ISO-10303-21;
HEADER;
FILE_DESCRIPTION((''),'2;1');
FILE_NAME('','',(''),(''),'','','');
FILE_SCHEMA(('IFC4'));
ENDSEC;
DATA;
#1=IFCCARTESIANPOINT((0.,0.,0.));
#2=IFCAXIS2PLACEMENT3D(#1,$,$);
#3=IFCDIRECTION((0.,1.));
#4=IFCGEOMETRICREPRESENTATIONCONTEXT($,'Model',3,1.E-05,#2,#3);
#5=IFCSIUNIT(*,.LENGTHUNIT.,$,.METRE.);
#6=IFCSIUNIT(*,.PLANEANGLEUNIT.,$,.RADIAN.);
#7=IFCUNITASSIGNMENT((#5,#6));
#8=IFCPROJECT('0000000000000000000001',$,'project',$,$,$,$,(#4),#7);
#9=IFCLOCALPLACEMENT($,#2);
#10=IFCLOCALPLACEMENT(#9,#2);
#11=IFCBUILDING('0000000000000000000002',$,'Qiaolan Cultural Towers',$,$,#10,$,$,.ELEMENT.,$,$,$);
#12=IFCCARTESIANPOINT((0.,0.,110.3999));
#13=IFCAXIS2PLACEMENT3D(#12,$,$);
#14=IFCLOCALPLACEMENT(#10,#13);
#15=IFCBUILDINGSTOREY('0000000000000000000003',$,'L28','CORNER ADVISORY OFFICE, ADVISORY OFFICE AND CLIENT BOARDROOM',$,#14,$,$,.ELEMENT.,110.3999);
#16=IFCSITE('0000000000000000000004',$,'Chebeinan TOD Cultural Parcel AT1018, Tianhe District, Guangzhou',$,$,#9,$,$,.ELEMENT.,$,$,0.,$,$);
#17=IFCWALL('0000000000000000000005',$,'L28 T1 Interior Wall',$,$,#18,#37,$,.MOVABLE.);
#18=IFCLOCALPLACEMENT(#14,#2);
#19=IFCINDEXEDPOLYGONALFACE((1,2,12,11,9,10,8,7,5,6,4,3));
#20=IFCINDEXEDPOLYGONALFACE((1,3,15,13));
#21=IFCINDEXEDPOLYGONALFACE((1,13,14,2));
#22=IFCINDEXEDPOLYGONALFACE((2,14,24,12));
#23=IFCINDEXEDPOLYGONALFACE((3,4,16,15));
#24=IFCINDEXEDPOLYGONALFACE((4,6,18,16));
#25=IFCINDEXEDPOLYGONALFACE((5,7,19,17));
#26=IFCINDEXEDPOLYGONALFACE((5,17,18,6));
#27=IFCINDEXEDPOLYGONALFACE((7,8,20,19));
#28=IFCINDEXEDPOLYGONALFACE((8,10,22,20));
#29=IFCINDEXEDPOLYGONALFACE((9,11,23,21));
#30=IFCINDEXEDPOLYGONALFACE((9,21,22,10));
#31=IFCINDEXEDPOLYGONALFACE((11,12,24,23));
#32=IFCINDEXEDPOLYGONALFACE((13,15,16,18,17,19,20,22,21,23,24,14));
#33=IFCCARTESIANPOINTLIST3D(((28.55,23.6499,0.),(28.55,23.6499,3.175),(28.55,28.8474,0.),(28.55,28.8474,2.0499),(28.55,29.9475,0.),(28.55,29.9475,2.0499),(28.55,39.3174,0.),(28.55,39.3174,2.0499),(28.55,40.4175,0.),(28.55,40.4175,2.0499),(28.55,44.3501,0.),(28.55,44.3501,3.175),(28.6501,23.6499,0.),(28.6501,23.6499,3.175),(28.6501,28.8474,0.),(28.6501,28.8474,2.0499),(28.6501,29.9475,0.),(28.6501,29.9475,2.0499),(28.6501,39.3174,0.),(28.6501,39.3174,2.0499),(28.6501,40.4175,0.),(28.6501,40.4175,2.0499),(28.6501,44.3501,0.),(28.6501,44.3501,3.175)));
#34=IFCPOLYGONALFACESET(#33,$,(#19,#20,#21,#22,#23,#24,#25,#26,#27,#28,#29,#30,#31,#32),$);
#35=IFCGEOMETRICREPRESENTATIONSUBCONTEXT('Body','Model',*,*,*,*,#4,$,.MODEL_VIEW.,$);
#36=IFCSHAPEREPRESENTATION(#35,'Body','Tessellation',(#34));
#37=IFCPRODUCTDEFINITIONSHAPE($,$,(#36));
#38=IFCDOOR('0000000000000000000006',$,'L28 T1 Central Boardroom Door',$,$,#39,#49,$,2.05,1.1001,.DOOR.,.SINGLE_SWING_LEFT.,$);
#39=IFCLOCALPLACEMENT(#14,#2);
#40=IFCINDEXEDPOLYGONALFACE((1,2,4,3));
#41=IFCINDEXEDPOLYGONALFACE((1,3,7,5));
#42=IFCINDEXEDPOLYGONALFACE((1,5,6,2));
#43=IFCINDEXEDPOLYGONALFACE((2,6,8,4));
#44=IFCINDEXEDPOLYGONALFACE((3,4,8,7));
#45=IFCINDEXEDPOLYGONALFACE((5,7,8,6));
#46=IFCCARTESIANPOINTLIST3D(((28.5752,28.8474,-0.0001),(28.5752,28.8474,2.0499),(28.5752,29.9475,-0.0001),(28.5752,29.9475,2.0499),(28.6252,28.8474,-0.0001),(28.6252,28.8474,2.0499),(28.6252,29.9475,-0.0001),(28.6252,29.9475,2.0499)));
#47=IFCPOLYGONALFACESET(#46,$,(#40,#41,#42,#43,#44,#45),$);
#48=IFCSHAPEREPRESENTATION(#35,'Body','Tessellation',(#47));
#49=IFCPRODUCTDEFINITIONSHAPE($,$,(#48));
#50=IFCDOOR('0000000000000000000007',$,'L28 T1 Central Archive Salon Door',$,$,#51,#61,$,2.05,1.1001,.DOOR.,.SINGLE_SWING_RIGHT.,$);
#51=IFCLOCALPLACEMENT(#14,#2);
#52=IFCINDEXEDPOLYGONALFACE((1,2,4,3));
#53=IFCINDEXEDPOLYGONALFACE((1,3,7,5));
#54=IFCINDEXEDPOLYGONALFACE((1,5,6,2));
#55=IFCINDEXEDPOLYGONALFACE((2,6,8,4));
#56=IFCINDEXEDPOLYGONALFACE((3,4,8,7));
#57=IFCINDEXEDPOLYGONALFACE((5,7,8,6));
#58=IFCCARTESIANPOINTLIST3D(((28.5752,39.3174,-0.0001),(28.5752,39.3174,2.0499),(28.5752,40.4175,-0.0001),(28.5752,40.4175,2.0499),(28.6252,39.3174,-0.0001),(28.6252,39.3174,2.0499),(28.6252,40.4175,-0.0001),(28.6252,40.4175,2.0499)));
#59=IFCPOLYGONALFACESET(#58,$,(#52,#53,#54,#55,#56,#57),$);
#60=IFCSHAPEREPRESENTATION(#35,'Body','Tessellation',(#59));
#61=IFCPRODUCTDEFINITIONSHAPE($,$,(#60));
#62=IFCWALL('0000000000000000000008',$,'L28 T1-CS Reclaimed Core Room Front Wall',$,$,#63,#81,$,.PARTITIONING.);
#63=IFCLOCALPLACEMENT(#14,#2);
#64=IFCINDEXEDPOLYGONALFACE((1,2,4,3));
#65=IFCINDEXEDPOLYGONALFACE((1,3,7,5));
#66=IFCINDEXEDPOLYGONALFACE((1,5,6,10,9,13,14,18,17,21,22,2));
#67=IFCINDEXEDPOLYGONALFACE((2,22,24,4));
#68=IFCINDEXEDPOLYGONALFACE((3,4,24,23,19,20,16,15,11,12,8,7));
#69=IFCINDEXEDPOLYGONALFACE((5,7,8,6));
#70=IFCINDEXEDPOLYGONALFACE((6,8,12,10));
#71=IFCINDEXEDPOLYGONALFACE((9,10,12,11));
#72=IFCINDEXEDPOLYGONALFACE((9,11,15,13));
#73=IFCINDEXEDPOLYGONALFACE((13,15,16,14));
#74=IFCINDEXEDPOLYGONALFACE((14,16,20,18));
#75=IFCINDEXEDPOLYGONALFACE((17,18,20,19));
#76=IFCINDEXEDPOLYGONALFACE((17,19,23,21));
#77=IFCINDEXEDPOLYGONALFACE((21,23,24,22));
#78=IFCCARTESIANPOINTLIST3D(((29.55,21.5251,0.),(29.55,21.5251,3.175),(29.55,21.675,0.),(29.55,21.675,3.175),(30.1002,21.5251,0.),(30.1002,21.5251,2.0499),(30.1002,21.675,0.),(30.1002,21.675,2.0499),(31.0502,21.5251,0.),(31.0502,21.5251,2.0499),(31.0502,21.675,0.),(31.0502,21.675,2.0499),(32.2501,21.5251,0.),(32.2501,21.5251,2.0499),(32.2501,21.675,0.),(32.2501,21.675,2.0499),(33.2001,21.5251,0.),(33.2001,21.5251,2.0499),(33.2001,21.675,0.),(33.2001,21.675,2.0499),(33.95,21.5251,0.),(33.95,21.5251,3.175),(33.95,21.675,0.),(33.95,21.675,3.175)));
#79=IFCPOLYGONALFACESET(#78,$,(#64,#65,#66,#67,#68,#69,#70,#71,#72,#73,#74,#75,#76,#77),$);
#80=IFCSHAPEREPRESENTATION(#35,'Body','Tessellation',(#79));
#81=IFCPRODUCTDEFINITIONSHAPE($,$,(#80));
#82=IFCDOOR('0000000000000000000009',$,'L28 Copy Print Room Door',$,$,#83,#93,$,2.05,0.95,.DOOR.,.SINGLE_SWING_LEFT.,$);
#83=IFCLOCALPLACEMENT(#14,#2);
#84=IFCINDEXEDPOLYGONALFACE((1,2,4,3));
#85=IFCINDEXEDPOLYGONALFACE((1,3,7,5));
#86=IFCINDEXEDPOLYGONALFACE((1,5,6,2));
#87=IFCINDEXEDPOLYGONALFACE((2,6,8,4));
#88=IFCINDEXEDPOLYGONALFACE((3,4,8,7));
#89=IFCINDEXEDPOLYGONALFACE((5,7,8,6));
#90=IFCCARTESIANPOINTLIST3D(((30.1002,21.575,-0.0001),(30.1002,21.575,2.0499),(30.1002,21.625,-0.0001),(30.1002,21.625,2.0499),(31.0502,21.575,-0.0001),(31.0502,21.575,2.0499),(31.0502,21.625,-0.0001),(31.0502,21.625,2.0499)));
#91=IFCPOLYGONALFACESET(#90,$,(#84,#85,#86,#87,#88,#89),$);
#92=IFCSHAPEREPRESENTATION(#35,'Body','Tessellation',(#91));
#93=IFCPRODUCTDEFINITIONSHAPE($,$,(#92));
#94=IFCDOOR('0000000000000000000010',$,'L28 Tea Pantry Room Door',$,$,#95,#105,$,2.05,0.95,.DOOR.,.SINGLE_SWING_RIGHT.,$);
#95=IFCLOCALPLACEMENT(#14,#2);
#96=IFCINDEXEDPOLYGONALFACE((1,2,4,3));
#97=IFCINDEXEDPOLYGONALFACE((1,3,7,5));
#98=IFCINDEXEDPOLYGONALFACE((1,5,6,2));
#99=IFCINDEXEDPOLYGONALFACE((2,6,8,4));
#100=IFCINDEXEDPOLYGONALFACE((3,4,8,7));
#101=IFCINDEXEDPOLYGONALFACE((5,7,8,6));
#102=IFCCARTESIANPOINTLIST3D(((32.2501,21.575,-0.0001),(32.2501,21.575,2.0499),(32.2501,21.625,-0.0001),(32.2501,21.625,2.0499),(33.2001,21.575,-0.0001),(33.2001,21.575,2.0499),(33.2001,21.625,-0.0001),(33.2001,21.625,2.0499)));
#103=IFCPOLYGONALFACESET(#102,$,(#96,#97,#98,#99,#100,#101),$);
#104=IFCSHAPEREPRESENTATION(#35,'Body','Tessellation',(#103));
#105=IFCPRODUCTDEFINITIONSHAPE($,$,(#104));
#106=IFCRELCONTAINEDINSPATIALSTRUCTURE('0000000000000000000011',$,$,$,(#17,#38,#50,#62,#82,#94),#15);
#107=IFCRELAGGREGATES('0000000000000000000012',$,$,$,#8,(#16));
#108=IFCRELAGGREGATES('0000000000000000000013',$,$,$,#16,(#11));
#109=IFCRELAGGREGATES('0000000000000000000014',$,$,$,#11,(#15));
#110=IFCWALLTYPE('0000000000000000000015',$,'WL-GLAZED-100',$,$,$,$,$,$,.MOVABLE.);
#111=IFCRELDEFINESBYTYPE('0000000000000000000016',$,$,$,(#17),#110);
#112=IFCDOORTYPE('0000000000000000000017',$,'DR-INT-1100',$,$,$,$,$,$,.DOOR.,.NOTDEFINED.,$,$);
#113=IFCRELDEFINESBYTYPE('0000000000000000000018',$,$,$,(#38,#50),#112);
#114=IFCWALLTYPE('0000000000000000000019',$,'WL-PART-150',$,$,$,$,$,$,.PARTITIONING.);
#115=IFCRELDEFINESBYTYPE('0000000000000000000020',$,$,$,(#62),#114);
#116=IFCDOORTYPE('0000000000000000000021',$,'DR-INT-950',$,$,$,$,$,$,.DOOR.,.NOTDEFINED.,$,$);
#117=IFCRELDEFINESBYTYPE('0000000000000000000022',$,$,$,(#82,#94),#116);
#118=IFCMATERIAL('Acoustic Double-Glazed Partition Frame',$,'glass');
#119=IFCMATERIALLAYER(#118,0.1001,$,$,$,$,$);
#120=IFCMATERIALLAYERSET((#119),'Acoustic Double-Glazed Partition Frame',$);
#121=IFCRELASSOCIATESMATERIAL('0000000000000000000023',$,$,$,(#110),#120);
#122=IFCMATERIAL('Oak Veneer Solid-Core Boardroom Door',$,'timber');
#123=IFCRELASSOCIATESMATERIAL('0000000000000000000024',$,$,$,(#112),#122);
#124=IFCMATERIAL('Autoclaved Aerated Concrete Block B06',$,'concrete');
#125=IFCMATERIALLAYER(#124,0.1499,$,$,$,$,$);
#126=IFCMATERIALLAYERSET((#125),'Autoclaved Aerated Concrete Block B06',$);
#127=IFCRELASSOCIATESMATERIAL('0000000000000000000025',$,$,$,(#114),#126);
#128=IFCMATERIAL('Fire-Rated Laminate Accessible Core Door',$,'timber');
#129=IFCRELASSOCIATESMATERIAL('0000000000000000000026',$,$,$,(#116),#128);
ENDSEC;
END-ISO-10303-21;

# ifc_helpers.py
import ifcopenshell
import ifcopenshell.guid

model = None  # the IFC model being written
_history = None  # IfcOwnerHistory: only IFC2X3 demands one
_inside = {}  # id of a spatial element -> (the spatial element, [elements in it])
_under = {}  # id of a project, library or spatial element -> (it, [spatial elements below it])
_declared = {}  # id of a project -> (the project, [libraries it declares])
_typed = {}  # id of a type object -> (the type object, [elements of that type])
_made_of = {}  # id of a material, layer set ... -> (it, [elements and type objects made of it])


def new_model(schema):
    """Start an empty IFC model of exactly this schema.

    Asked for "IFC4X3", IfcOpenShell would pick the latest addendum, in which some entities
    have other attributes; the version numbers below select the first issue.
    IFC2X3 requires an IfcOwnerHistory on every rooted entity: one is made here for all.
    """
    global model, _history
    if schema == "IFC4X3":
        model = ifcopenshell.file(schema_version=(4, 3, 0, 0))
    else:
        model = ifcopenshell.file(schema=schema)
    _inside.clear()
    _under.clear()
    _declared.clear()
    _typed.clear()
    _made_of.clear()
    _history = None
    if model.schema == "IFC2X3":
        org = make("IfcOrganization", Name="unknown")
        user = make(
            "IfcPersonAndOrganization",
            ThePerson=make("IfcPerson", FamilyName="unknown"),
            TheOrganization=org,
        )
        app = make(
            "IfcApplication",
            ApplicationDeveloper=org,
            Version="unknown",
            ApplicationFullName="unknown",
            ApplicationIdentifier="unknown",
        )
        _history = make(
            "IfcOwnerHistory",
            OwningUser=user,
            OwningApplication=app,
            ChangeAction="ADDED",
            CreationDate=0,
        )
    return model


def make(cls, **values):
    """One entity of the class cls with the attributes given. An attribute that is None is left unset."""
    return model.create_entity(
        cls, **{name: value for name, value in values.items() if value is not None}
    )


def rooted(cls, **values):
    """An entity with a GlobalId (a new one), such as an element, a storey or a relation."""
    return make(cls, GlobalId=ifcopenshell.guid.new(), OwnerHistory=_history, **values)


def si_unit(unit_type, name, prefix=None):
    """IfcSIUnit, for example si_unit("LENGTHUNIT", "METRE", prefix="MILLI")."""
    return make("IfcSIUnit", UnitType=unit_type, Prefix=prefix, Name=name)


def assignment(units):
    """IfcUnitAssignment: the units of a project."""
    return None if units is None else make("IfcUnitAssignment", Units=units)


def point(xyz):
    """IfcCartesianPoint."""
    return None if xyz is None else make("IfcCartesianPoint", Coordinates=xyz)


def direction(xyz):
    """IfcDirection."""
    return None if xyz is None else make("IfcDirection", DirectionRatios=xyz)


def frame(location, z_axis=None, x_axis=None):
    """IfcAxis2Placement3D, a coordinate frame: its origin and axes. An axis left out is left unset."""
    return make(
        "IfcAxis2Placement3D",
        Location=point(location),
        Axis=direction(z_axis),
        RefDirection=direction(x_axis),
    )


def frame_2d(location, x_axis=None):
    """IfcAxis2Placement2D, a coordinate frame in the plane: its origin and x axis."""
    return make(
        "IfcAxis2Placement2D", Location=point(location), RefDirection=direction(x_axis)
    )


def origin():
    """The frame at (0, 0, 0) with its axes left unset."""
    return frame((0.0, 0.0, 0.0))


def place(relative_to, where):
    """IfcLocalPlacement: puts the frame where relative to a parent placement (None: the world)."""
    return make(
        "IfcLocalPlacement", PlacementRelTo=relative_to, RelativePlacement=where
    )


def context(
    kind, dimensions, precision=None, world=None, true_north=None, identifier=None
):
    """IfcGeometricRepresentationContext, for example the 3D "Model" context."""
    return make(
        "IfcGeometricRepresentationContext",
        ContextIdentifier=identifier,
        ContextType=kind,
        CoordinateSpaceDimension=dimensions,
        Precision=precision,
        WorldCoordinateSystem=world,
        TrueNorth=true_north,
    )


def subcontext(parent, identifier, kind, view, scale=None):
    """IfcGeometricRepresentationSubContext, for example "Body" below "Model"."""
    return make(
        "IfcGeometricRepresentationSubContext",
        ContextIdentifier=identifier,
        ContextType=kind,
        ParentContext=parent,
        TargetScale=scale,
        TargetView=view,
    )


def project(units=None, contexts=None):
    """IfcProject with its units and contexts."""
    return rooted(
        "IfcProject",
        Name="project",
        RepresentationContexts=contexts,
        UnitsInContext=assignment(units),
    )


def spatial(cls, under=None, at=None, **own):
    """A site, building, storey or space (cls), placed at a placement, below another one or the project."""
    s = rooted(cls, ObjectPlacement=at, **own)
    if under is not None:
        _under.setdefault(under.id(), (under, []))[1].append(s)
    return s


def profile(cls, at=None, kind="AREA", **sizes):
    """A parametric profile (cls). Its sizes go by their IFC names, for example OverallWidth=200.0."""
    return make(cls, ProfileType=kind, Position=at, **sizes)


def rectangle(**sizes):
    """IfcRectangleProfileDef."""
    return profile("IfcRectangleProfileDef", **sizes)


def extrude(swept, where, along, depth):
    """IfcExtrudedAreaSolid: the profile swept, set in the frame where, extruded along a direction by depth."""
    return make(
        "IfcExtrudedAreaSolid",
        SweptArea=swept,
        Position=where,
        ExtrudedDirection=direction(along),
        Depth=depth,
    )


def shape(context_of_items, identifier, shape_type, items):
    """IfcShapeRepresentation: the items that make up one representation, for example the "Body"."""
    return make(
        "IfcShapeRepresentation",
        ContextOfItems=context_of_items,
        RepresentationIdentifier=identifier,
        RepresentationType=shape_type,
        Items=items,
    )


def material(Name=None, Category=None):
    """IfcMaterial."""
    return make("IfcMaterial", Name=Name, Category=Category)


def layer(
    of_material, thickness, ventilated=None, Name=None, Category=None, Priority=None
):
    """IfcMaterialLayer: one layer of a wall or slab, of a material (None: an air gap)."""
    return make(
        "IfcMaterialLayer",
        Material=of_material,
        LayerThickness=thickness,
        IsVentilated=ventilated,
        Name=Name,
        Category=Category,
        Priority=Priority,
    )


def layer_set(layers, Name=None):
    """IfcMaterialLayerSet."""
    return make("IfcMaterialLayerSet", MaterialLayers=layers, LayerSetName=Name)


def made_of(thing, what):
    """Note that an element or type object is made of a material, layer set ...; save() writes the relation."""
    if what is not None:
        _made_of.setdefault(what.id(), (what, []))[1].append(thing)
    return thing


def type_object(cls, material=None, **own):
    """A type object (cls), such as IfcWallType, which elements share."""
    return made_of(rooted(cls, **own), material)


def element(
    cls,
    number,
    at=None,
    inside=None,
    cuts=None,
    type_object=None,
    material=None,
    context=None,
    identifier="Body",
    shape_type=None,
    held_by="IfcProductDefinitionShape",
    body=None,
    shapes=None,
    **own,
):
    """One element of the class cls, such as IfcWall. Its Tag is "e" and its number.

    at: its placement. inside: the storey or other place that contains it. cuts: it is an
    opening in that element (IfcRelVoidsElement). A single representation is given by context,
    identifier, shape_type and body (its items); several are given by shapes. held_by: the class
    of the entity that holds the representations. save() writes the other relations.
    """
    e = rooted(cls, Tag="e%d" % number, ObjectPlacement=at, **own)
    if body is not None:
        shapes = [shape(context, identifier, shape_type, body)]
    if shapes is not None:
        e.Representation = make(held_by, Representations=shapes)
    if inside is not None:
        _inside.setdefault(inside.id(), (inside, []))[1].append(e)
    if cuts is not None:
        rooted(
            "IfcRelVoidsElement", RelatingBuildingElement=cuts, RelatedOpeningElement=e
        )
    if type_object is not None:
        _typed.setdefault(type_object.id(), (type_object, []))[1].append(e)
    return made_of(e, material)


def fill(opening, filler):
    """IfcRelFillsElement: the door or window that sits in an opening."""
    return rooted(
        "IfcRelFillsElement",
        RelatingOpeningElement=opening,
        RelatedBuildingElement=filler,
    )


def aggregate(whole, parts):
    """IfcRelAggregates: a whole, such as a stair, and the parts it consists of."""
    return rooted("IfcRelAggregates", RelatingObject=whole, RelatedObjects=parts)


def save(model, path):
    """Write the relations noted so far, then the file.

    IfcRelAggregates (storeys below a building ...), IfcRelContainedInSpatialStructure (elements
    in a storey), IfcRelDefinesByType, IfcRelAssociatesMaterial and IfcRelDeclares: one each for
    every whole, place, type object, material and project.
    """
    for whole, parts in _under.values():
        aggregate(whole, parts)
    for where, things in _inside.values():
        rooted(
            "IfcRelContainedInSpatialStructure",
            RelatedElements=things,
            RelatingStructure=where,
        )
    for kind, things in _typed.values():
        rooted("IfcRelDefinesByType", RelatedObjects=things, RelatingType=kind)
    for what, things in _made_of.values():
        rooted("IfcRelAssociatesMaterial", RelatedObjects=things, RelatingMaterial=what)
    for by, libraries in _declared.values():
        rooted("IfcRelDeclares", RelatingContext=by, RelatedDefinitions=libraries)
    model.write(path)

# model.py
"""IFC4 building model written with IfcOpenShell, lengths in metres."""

from ifc_helpers import new_model, si_unit, direction, frame, frame_2d, origin, place, context, subcontext, project, spatial, rectangle, extrude, material, layer, layer_set, type_object, element, fill, save


model = new_model("IFC4")

# Units and contexts
model_context = context("Model", 3, precision=1e-05, world=origin(), true_north=direction((0.0, 1.0)))
body_context = subcontext(model_context, "Body", "Model", "MODEL_VIEW")
ifc_project = project(units=[si_unit("LENGTHUNIT", "METRE"), si_unit("PLANEANGLEUNIT", "RADIAN")], contexts=[model_context])

# Site, building, storey
site_placement = place(None, origin())
site = spatial("IfcSite", under=ifc_project, at=site_placement, Name="Chebeinan TOD Cultural Parcel AT1018, Tianhe District, Guangzhou", CompositionType="ELEMENT", RefElevation=0.0)
building_placement = place(site_placement, origin())
building = spatial("IfcBuilding", under=site, at=building_placement, Name="Qiaolan Cultural Towers", CompositionType="ELEMENT")
storey_placement = place(building_placement, frame((0.0, 0.0, 110.3999)))
storey = spatial("IfcBuildingStorey", under=building, at=storey_placement, Name="L28", Description="CORNER ADVISORY OFFICE, ADVISORY OFFICE AND CLIENT BOARDROOM", CompositionType="ELEMENT", Elevation=110.3999)

# Shared definitions
ifc_material_1 = material(Name="Acoustic Double-Glazed Partition Frame", Category="glass")
ifc_layer_1 = layer(ifc_material_1, 0.1001)
ifc_layer_set_1 = layer_set([ifc_layer_1], Name="Acoustic Double-Glazed Partition Frame")
wall_type_1 = type_object("IfcWallType", Name="WL-GLAZED-100", PredefinedType="MOVABLE", material=ifc_layer_set_1)

# Walls, openings, doors
wall_1_placement = place(storey_placement, frame((28.6001, 23.6499, 0.0), z_axis=(0.0, 0.0, 1.0), x_axis=(0.0, 1.0, 0.0)))
wall_1 = element("IfcWall", 1, at=wall_1_placement, inside=storey, type_object=wall_type_1, Name="L28 T1 Interior Wall", PredefinedType="MOVABLE", context=body_context, shape_type="SweptSolid", body=[
    extrude(rectangle(XDim=20.7002, YDim=0.1001, at=frame_2d((10.3501, 0.0))), origin(), (0.0, 0.0, 1.0), 3.175),
])
opening_1_placement = place(wall_1_placement, frame((5.1975, 0.0, 0.0)))
opening_1 = element("IfcOpeningElement", 2, at=opening_1_placement, cuts=wall_1, PredefinedType="OPENING", context=body_context, shape_type="SweptSolid", body=[
    extrude(rectangle(XDim=1.1001, YDim=2.05, at=frame_2d((0.55, 1.0249))), frame((0.0, 0.0601, 0.0), z_axis=(0.0, -1.0, 0.0), x_axis=(1.0, 0.0, 0.0)), (0.0, 0.0, 1.0), 0.1201),
])
opening_2_placement = place(wall_1_placement, frame((15.6675, 0.0, 0.0)))
opening_2 = element("IfcOpeningElement", 3, at=opening_2_placement, cuts=wall_1, PredefinedType="OPENING", context=body_context, shape_type="SweptSolid", body=[
    extrude(rectangle(XDim=1.1001, YDim=2.05, at=frame_2d((0.55, 1.0249))), frame((0.0, 0.0601, 0.0), z_axis=(0.0, -1.0, 0.0), x_axis=(1.0, 0.0, 0.0)), (0.0, 0.0, 1.0), 0.1201),
])
ifc_material_2 = material(Name="Oak Veneer Solid-Core Boardroom Door", Category="timber")
door_type_1 = type_object("IfcDoorType", Name="DR-INT-1100", OperationType="NOTDEFINED", PredefinedType="DOOR", material=ifc_material_2)
door_1_placement = place(opening_1_placement, origin())
door_1 = element("IfcDoor", 4, at=door_1_placement, inside=storey, type_object=door_type_1, Name="L28 T1 Central Boardroom Door", OperationType="SINGLE_SWING_LEFT", OverallHeight=2.05, OverallWidth=1.1001, PredefinedType="DOOR", context=body_context, shape_type="SweptSolid", body=[
    extrude(rectangle(XDim=1.1001, YDim=2.05, at=frame_2d((0.55, 1.0249))), frame((0.0, 0.0249, 0.0), z_axis=(0.0, -1.0, 0.0), x_axis=(1.0, 0.0, 0.0)), (0.0, 0.0, 1.0), 0.05),
])
fill(opening_1, door_1)
door_2_placement = place(opening_2_placement, origin())
door_2 = element("IfcDoor", 5, at=door_2_placement, inside=storey, type_object=door_type_1, Name="L28 T1 Central Archive Salon Door", OperationType="SINGLE_SWING_RIGHT", OverallHeight=2.05, OverallWidth=1.1001, PredefinedType="DOOR", context=body_context, shape_type="SweptSolid", body=[
    extrude(rectangle(XDim=1.1001, YDim=2.05, at=frame_2d((0.55, 1.0249))), frame((0.0, 0.0249, 0.0), z_axis=(0.0, -1.0, 0.0), x_axis=(1.0, 0.0, 0.0)), (0.0, 0.0, 1.0), 0.05),
])
fill(opening_2, door_2)
ifc_material_3 = material(Name="Autoclaved Aerated Concrete Block B06", Category="concrete")
ifc_layer_2 = layer(ifc_material_3, 0.1499)
ifc_layer_set_2 = layer_set([ifc_layer_2], Name="Autoclaved Aerated Concrete Block B06")
wall_type_2 = type_object("IfcWallType", Name="WL-PART-150", PredefinedType="PARTITIONING", material=ifc_layer_set_2)
wall_2_placement = place(storey_placement, frame((29.55, 21.6001, 0.0), z_axis=(0.0, 0.0, 1.0), x_axis=(1.0, 0.0, 0.0)))
wall_2 = element("IfcWall", 6, at=wall_2_placement, inside=storey, type_object=wall_type_2, Name="L28 T1-CS Reclaimed Core Room Front Wall", PredefinedType="PARTITIONING", context=body_context, shape_type="SweptSolid", body=[
    extrude(rectangle(XDim=4.3999, YDim=0.1499, at=frame_2d((2.2, 0.0))), origin(), (0.0, 0.0, 1.0), 3.175),
])
opening_3_placement = place(wall_2_placement, frame((0.55, 0.0, 0.0)))
opening_3 = element("IfcOpeningElement", 7, at=opening_3_placement, cuts=wall_2, PredefinedType="OPENING", context=body_context, shape_type="SweptSolid", body=[
    extrude(rectangle(XDim=0.95, YDim=2.05, at=frame_2d((0.4751, 1.0249))), frame((0.0, 0.085, 0.0), z_axis=(0.0, -1.0, 0.0), x_axis=(1.0, 0.0, 0.0)), (0.0, 0.0, 1.0), 0.1699),
])
opening_4_placement = place(wall_2_placement, frame((2.7, 0.0, 0.0)))
opening_4 = element("IfcOpeningElement", 8, at=opening_4_placement, cuts=wall_2, PredefinedType="OPENING", context=body_context, shape_type="SweptSolid", body=[
    extrude(rectangle(XDim=0.95, YDim=2.05, at=frame_2d((0.4751, 1.0249))), frame((0.0, 0.085, 0.0), z_axis=(0.0, -1.0, 0.0), x_axis=(1.0, 0.0, 0.0)), (0.0, 0.0, 1.0), 0.1699),
])
ifc_material_4 = material(Name="Fire-Rated Laminate Accessible Core Door", Category="timber")
door_type_2 = type_object("IfcDoorType", Name="DR-INT-950", OperationType="NOTDEFINED", PredefinedType="DOOR", material=ifc_material_4)
door_3_placement = place(opening_3_placement, origin())
door_3 = element("IfcDoor", 9, at=door_3_placement, inside=storey, type_object=door_type_2, Name="L28 Copy Print Room Door", OperationType="SINGLE_SWING_LEFT", OverallHeight=2.05, OverallWidth=0.95, PredefinedType="DOOR", context=body_context, shape_type="SweptSolid", body=[
    extrude(rectangle(XDim=0.95, YDim=2.05, at=frame_2d((0.4751, 1.0249))), frame((0.0, 0.0249, 0.0), z_axis=(0.0, -1.0, 0.0), x_axis=(1.0, 0.0, 0.0)), (0.0, 0.0, 1.0), 0.05),
])
fill(opening_3, door_3)
door_4_placement = place(opening_4_placement, origin())
door_4 = element("IfcDoor", 10, at=door_4_placement, inside=storey, type_object=door_type_2, Name="L28 Tea Pantry Room Door", OperationType="SINGLE_SWING_RIGHT", OverallHeight=2.05, OverallWidth=0.95, PredefinedType="DOOR", context=body_context, shape_type="SweptSolid", body=[
    extrude(rectangle(XDim=0.95, YDim=2.05, at=frame_2d((0.4751, 1.0249))), frame((0.0, 0.0249, 0.0), z_axis=(0.0, -1.0, 0.0), x_axis=(1.0, 0.0, 0.0)), (0.0, 0.0, 1.0), 0.05),
])
fill(opening_4, door_4)

save(model, "model.ifc")
